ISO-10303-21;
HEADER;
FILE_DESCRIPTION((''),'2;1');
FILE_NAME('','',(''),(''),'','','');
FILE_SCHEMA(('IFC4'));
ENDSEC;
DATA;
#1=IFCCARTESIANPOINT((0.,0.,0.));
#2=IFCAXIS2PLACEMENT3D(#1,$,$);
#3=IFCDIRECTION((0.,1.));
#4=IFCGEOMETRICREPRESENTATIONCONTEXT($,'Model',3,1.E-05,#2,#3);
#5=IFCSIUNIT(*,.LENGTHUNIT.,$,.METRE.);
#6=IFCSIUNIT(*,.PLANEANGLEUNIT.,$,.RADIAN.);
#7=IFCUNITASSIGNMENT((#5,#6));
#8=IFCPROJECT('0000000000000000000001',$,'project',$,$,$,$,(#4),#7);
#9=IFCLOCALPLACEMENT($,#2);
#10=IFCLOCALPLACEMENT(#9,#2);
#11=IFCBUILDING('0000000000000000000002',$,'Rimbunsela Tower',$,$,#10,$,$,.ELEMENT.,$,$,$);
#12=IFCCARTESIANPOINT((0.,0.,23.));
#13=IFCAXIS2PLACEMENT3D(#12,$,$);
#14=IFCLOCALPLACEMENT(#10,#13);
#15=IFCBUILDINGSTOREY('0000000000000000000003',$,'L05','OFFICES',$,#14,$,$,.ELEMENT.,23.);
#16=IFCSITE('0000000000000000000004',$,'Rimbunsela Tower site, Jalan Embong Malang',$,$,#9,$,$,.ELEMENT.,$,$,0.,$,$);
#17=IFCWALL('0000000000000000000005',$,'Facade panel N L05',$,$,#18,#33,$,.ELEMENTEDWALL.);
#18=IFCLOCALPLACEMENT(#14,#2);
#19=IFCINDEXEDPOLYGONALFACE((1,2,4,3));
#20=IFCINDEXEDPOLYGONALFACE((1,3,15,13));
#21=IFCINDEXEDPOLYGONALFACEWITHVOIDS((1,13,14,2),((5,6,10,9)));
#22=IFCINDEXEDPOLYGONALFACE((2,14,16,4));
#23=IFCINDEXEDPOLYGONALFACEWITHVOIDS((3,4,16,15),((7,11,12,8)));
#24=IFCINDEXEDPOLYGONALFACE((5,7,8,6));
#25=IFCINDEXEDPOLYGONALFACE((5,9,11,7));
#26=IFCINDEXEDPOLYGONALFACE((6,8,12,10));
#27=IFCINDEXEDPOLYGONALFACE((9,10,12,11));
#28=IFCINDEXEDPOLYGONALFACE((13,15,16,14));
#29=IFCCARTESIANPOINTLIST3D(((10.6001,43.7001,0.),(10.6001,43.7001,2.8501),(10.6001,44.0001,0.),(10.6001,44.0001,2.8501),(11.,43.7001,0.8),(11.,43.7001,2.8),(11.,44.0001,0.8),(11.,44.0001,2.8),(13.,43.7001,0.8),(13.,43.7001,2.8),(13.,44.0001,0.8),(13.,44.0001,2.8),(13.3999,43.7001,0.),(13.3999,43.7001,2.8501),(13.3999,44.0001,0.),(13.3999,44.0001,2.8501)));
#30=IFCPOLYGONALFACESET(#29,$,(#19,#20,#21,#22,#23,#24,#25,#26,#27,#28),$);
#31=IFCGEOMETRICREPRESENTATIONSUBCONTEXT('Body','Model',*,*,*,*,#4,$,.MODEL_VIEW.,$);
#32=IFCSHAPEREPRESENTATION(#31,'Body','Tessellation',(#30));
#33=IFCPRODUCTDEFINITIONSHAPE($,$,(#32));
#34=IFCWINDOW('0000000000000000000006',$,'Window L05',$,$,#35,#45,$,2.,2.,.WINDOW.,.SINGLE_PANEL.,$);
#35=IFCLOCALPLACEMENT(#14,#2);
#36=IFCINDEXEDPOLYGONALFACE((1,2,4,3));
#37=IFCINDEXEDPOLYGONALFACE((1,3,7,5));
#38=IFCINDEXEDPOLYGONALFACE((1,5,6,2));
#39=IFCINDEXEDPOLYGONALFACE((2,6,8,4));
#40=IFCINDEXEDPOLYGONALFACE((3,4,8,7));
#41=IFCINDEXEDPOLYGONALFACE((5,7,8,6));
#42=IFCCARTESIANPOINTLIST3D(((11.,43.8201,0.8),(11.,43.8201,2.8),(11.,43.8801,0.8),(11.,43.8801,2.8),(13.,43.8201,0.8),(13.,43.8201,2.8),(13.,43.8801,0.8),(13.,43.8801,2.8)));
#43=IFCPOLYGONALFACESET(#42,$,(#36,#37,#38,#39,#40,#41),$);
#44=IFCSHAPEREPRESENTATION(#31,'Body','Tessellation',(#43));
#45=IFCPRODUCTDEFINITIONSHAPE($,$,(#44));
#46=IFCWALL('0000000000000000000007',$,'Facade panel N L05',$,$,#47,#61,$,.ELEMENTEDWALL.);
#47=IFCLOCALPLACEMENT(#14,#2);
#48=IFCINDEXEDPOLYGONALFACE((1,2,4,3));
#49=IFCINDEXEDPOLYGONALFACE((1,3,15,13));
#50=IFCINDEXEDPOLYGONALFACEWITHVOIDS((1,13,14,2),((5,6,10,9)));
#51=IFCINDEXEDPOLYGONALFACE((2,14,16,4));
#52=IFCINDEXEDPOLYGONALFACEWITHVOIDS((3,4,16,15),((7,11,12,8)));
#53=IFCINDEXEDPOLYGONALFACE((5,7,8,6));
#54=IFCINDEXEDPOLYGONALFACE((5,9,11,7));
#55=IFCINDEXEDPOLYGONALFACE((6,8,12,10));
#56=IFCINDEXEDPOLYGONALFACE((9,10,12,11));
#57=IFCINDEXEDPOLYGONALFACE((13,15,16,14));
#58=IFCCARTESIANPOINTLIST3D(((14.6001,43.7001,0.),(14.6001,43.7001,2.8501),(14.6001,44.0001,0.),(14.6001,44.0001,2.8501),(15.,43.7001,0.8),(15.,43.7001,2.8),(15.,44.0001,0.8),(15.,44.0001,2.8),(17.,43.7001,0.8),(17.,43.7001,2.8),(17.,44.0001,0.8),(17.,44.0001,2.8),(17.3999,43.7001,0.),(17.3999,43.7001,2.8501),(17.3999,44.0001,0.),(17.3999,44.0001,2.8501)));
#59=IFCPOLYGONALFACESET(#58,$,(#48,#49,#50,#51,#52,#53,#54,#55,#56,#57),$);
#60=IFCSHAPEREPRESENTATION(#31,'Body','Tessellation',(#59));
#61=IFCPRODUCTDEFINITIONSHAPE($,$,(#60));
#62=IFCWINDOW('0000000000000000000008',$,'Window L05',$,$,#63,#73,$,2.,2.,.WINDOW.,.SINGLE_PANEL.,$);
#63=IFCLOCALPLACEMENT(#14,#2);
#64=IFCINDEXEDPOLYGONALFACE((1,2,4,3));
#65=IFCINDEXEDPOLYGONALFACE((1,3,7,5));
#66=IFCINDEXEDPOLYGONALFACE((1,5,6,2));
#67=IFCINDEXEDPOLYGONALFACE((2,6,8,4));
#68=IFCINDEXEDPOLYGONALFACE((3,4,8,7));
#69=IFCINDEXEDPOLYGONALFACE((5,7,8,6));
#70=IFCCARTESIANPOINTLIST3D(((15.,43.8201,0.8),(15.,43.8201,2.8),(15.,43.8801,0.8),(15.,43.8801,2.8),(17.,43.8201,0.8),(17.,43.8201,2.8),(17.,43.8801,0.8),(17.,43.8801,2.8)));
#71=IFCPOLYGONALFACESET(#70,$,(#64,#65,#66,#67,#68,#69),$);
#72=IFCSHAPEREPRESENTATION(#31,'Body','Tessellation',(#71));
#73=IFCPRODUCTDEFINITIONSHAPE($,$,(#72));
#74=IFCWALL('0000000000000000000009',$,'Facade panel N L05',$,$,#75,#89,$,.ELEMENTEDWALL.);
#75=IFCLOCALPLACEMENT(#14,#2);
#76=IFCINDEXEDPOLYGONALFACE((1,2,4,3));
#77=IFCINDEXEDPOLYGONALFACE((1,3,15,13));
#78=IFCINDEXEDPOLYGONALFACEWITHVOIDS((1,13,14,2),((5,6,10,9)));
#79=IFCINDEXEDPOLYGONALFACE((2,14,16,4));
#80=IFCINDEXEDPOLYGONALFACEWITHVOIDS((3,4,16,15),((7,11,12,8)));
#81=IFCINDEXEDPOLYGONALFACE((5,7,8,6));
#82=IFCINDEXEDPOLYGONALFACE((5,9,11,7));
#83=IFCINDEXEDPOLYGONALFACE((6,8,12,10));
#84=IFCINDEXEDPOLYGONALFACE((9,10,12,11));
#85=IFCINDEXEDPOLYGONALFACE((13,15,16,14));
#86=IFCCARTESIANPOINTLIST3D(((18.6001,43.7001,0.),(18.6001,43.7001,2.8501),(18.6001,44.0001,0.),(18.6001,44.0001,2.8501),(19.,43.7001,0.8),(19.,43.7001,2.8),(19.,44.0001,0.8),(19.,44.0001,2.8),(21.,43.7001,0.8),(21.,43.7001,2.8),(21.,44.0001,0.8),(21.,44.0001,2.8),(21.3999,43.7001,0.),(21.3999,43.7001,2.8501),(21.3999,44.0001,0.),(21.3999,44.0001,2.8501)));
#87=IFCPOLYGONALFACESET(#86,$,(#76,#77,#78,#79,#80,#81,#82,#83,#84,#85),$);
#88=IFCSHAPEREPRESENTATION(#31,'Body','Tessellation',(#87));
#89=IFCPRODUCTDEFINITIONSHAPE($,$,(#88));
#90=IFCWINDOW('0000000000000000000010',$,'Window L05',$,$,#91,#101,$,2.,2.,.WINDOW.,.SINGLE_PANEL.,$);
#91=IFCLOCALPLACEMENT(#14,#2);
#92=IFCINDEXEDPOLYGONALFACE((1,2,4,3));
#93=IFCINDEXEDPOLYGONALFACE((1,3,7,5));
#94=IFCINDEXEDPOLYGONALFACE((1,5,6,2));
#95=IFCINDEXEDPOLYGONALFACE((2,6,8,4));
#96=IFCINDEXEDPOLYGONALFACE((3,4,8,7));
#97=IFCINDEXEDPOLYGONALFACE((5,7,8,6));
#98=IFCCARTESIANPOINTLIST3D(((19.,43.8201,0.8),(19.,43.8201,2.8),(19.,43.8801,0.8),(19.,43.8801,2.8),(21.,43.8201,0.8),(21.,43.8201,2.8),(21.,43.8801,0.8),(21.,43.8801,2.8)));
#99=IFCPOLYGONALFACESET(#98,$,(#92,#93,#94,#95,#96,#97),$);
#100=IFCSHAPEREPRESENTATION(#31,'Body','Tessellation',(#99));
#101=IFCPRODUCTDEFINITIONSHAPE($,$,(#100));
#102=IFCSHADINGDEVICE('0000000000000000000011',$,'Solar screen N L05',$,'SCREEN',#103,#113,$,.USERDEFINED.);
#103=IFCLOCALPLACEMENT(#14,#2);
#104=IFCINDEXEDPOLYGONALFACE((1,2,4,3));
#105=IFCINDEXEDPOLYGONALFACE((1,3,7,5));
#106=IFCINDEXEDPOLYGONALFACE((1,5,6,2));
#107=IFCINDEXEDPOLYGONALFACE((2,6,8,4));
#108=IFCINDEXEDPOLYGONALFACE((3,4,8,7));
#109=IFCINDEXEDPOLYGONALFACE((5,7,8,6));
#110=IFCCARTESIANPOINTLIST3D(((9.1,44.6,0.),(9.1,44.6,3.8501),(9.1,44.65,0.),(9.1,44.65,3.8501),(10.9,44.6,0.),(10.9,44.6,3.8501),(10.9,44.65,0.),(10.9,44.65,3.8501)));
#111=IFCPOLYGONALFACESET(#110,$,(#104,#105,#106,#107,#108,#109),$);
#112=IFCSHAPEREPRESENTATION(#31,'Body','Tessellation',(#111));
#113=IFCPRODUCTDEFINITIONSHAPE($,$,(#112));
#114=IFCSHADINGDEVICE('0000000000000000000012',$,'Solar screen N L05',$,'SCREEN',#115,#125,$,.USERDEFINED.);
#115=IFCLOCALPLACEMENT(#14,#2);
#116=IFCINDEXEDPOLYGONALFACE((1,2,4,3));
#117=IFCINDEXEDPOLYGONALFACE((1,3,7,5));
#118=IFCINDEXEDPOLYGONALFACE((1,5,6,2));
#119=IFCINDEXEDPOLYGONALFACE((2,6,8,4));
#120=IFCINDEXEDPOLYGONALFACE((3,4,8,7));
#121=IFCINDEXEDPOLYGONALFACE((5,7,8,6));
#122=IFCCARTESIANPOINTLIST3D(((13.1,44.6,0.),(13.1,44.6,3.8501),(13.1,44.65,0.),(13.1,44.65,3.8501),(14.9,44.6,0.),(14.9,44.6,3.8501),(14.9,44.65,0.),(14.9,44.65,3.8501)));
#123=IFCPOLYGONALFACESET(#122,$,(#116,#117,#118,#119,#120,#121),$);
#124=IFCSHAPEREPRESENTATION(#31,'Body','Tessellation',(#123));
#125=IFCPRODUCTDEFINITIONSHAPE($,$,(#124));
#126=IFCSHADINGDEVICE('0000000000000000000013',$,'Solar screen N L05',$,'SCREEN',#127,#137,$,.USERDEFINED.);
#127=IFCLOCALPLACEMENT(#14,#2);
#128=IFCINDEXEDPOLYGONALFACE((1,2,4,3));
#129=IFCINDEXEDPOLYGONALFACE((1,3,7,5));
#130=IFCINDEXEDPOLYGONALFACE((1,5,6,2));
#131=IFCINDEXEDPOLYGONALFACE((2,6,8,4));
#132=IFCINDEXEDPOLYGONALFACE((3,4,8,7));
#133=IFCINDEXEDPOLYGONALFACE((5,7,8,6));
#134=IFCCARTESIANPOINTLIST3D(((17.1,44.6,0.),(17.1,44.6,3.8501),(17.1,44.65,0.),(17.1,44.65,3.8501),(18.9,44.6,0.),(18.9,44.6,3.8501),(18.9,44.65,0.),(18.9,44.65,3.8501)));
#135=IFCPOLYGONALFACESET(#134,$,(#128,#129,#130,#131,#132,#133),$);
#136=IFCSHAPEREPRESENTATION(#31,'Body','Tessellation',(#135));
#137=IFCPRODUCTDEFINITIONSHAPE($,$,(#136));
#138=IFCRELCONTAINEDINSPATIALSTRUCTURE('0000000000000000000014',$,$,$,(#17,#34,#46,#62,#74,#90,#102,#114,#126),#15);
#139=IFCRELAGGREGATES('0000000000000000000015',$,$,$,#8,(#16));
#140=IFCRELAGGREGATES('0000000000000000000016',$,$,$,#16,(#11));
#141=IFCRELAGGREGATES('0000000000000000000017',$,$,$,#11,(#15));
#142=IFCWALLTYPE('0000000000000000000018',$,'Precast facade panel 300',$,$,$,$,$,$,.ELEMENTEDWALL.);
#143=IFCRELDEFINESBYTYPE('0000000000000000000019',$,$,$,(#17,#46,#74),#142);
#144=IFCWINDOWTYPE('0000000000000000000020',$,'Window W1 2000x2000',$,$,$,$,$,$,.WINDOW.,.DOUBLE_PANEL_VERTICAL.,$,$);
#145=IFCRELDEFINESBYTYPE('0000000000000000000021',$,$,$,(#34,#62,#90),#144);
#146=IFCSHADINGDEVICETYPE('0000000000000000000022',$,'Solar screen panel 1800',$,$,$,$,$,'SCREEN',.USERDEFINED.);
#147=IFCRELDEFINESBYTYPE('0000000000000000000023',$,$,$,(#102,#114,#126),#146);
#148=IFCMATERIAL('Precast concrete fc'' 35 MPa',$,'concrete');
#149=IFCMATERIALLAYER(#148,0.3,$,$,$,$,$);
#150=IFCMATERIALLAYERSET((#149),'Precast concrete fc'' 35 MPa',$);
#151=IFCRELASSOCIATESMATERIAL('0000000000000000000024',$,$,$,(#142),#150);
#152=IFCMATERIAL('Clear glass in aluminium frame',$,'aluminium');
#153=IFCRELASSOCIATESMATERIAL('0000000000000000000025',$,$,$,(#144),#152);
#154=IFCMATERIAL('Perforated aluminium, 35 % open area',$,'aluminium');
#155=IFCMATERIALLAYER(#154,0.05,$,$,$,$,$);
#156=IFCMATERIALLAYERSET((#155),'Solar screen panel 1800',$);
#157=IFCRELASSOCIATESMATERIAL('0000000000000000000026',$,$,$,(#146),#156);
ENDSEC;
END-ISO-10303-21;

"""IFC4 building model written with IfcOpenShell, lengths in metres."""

from ifc_helpers import new_model, si_unit, direction, frame, frame_2d, origin, origin_2d, place, context, subcontext, project, spatial, rectangle, extrude, material, layer, layer_set, type_object, element, fill, save


model = new_model("IFC4")

# Units and contexts
model_context = context("Model", 3, precision=1e-05, world=origin(), true_north=direction((0.0, 1.0)))
body_context = subcontext(model_context, "Body", "Model", "MODEL_VIEW")
ifc_project = project(units=[si_unit("LENGTHUNIT", "METRE"), si_unit("PLANEANGLEUNIT", "RADIAN")], contexts=[model_context])

# Site, building, storey
site_placement = place(None, origin())
site = spatial("IfcSite", under=ifc_project, at=site_placement, Name="Rimbunsela Tower site, Jalan Embong Malang", CompositionType="ELEMENT", RefElevation=0.0)
building_placement = place(site_placement, origin())
building = spatial("IfcBuilding", under=site, at=building_placement, Name="Rimbunsela Tower", CompositionType="ELEMENT")
storey_placement = place(building_placement, frame((0.0, 0.0, 23.0)))
storey = spatial("IfcBuildingStorey", under=building, at=storey_placement, Name="L05", Description="OFFICES", CompositionType="ELEMENT", Elevation=23.0)

# Walls, openings, windows
ifc_material_1 = material(Name="Precast concrete fc' 35 MPa", Category="concrete")
ifc_layer_1 = layer(ifc_material_1, 0.3)
ifc_layer_set_1 = layer_set([ifc_layer_1], Name="Precast concrete fc' 35 MPa")
wall_type_1 = type_object("IfcWallType", Name="Precast facade panel 300", PredefinedType="ELEMENTEDWALL", material=ifc_layer_set_1)
ifc_material_2 = material(Name="Clear glass in aluminium frame", Category="aluminium")
window_type = type_object("IfcWindowType", Name="Window W1 2000x2000", PartitioningType="DOUBLE_PANEL_VERTICAL", PredefinedType="WINDOW", material=ifc_material_2)
wall_1_placement = place(storey_placement, frame((13.3999, 43.8501, 0.0), z_axis=(0.0, 0.0, 1.0), x_axis=(-1.0, 0.0, 0.0)))
wall_1 = element("IfcWall", 1, at=wall_1_placement, inside=storey, type_object=wall_type_1, Name="Facade panel N L05", PredefinedType="ELEMENTEDWALL", context=body_context, shape_type="SweptSolid", body=[
    extrude(rectangle(XDim=2.7998, YDim=0.3, at=frame_2d((1.3999, 0.0))), origin(), (0.0, 0.0, 1.0), 2.8501),
])
opening_1_placement = place(wall_1_placement, frame((0.3999, 0.0, 0.8)))
opening_1 = element("IfcOpeningElement", 2, at=opening_1_placement, cuts=wall_1, PredefinedType="OPENING", context=body_context, shape_type="SweptSolid", body=[
    extrude(rectangle(XDim=2.0, YDim=2.0, at=frame_2d((1.0, 1.0))), frame((0.0, 0.1599, 0.0), z_axis=(0.0, -1.0, 0.0), x_axis=(1.0, 0.0, 0.0)), (0.0, 0.0, 1.0), 0.3201),
])
window_1_placement = place(opening_1_placement, origin())
window_1 = element("IfcWindow", 3, at=window_1_placement, inside=storey, type_object=window_type, Name="Window L05", OverallHeight=2.0, OverallWidth=2.0, PartitioningType="SINGLE_PANEL", PredefinedType="WINDOW", context=body_context, shape_type="SweptSolid", body=[
    extrude(rectangle(XDim=2.0, YDim=2.0, at=frame_2d((1.0, 1.0))), frame((0.0, 0.03, 0.0), z_axis=(0.0, -1.0, 0.0), x_axis=(1.0, 0.0, 0.0)), (0.0, 0.0, 1.0), 0.0601),
])
fill(opening_1, window_1)
wall_2_placement = place(storey_placement, frame((17.3999, 43.8501, 0.0), z_axis=(0.0, 0.0, 1.0), x_axis=(-1.0, 0.0, 0.0)))
wall_2 = element("IfcWall", 4, at=wall_2_placement, inside=storey, type_object=wall_type_1, Name="Facade panel N L05", PredefinedType="ELEMENTEDWALL", context=body_context, shape_type="SweptSolid", body=[
    extrude(rectangle(XDim=2.7998, YDim=0.3, at=frame_2d((1.3999, 0.0))), origin(), (0.0, 0.0, 1.0), 2.8501),
])
opening_2_placement = place(wall_2_placement, frame((0.3999, 0.0, 0.8)))
opening_2 = element("IfcOpeningElement", 5, at=opening_2_placement, cuts=wall_2, PredefinedType="OPENING", context=body_context, shape_type="SweptSolid", body=[
    extrude(rectangle(XDim=2.0, YDim=2.0, at=frame_2d((1.0, 1.0))), frame((0.0, 0.1599, 0.0), z_axis=(0.0, -1.0, 0.0), x_axis=(1.0, 0.0, 0.0)), (0.0, 0.0, 1.0), 0.3201),
])
window_2_placement = place(opening_2_placement, origin())
window_2 = element("IfcWindow", 6, at=window_2_placement, inside=storey, type_object=window_type, Name="Window L05", OverallHeight=2.0, OverallWidth=2.0, PartitioningType="SINGLE_PANEL", PredefinedType="WINDOW", context=body_context, shape_type="SweptSolid", body=[
    extrude(rectangle(XDim=2.0, YDim=2.0, at=frame_2d((1.0, 1.0))), frame((0.0, 0.03, 0.0), z_axis=(0.0, -1.0, 0.0), x_axis=(1.0, 0.0, 0.0)), (0.0, 0.0, 1.0), 0.0601),
])
fill(opening_2, window_2)
wall_3_placement = place(storey_placement, frame((21.3999, 43.8501, 0.0), z_axis=(0.0, 0.0, 1.0), x_axis=(-1.0, 0.0, 0.0)))
wall_3 = element("IfcWall", 7, at=wall_3_placement, inside=storey, type_object=wall_type_1, Name="Facade panel N L05", PredefinedType="ELEMENTEDWALL", context=body_context, shape_type="SweptSolid", body=[
    extrude(rectangle(XDim=2.7998, YDim=0.3, at=frame_2d((1.3999, 0.0))), origin(), (0.0, 0.0, 1.0), 2.8501),
])
opening_3_placement = place(wall_3_placement, frame((0.3999, 0.0, 0.8)))
opening_3 = element("IfcOpeningElement", 8, at=opening_3_placement, cuts=wall_3, PredefinedType="OPENING", context=body_context, shape_type="SweptSolid", body=[
    extrude(rectangle(XDim=2.0, YDim=2.0, at=frame_2d((1.0, 1.0))), frame((0.0, 0.1599, 0.0), z_axis=(0.0, -1.0, 0.0), x_axis=(1.0, 0.0, 0.0)), (0.0, 0.0, 1.0), 0.3201),
])
window_3_placement = place(opening_3_placement, origin())
window_3 = element("IfcWindow", 9, at=window_3_placement, inside=storey, type_object=window_type, Name="Window L05", OverallHeight=2.0, OverallWidth=2.0, PartitioningType="SINGLE_PANEL", PredefinedType="WINDOW", context=body_context, shape_type="SweptSolid", body=[
    extrude(rectangle(XDim=2.0, YDim=2.0, at=frame_2d((1.0, 1.0))), frame((0.0, 0.03, 0.0), z_axis=(0.0, -1.0, 0.0), x_axis=(1.0, 0.0, 0.0)), (0.0, 0.0, 1.0), 0.0601),
])
fill(opening_3, window_3)

# Shading devices
ifc_material_3 = material(Name="Perforated aluminium, 35 % open area", Category="aluminium")
ifc_layer_2 = layer(ifc_material_3, 0.05)
ifc_layer_set_2 = layer_set([ifc_layer_2], Name="Solar screen panel 1800")
shading_device_type = type_object("IfcShadingDeviceType", Name="Solar screen panel 1800", ElementType="SCREEN", PredefinedType="USERDEFINED", material=ifc_layer_set_2)
for number, where, z_axis, x_axis, name in (
    (10, (10.0, 44.625, 0.0), (0.0, 0.0, 1.0), (1.0, 0.0, 0.0), "Solar screen N L05"),
    (11, (14.0, 44.625, 0.0), (0.0, 0.0, 1.0), (1.0, 0.0, 0.0), "Solar screen N L05"),
    (12, (18.0, 44.625, 0.0), (0.0, 0.0, 1.0), (1.0, 0.0, 0.0), "Solar screen N L05"),
):
    element("IfcShadingDevice", number, at=place(storey_placement, frame(where, z_axis=z_axis, x_axis=x_axis)), inside=storey, type_object=shading_device_type, Name=name, ObjectType="SCREEN", PredefinedType="USERDEFINED", context=body_context, shape_type="SweptSolid", body=[
        extrude(rectangle(XDim=1.8, YDim=0.05, at=origin_2d()), origin(), (0.0, 0.0, 1.0), 3.8501),
    ])

save(model, "model.ifc")
